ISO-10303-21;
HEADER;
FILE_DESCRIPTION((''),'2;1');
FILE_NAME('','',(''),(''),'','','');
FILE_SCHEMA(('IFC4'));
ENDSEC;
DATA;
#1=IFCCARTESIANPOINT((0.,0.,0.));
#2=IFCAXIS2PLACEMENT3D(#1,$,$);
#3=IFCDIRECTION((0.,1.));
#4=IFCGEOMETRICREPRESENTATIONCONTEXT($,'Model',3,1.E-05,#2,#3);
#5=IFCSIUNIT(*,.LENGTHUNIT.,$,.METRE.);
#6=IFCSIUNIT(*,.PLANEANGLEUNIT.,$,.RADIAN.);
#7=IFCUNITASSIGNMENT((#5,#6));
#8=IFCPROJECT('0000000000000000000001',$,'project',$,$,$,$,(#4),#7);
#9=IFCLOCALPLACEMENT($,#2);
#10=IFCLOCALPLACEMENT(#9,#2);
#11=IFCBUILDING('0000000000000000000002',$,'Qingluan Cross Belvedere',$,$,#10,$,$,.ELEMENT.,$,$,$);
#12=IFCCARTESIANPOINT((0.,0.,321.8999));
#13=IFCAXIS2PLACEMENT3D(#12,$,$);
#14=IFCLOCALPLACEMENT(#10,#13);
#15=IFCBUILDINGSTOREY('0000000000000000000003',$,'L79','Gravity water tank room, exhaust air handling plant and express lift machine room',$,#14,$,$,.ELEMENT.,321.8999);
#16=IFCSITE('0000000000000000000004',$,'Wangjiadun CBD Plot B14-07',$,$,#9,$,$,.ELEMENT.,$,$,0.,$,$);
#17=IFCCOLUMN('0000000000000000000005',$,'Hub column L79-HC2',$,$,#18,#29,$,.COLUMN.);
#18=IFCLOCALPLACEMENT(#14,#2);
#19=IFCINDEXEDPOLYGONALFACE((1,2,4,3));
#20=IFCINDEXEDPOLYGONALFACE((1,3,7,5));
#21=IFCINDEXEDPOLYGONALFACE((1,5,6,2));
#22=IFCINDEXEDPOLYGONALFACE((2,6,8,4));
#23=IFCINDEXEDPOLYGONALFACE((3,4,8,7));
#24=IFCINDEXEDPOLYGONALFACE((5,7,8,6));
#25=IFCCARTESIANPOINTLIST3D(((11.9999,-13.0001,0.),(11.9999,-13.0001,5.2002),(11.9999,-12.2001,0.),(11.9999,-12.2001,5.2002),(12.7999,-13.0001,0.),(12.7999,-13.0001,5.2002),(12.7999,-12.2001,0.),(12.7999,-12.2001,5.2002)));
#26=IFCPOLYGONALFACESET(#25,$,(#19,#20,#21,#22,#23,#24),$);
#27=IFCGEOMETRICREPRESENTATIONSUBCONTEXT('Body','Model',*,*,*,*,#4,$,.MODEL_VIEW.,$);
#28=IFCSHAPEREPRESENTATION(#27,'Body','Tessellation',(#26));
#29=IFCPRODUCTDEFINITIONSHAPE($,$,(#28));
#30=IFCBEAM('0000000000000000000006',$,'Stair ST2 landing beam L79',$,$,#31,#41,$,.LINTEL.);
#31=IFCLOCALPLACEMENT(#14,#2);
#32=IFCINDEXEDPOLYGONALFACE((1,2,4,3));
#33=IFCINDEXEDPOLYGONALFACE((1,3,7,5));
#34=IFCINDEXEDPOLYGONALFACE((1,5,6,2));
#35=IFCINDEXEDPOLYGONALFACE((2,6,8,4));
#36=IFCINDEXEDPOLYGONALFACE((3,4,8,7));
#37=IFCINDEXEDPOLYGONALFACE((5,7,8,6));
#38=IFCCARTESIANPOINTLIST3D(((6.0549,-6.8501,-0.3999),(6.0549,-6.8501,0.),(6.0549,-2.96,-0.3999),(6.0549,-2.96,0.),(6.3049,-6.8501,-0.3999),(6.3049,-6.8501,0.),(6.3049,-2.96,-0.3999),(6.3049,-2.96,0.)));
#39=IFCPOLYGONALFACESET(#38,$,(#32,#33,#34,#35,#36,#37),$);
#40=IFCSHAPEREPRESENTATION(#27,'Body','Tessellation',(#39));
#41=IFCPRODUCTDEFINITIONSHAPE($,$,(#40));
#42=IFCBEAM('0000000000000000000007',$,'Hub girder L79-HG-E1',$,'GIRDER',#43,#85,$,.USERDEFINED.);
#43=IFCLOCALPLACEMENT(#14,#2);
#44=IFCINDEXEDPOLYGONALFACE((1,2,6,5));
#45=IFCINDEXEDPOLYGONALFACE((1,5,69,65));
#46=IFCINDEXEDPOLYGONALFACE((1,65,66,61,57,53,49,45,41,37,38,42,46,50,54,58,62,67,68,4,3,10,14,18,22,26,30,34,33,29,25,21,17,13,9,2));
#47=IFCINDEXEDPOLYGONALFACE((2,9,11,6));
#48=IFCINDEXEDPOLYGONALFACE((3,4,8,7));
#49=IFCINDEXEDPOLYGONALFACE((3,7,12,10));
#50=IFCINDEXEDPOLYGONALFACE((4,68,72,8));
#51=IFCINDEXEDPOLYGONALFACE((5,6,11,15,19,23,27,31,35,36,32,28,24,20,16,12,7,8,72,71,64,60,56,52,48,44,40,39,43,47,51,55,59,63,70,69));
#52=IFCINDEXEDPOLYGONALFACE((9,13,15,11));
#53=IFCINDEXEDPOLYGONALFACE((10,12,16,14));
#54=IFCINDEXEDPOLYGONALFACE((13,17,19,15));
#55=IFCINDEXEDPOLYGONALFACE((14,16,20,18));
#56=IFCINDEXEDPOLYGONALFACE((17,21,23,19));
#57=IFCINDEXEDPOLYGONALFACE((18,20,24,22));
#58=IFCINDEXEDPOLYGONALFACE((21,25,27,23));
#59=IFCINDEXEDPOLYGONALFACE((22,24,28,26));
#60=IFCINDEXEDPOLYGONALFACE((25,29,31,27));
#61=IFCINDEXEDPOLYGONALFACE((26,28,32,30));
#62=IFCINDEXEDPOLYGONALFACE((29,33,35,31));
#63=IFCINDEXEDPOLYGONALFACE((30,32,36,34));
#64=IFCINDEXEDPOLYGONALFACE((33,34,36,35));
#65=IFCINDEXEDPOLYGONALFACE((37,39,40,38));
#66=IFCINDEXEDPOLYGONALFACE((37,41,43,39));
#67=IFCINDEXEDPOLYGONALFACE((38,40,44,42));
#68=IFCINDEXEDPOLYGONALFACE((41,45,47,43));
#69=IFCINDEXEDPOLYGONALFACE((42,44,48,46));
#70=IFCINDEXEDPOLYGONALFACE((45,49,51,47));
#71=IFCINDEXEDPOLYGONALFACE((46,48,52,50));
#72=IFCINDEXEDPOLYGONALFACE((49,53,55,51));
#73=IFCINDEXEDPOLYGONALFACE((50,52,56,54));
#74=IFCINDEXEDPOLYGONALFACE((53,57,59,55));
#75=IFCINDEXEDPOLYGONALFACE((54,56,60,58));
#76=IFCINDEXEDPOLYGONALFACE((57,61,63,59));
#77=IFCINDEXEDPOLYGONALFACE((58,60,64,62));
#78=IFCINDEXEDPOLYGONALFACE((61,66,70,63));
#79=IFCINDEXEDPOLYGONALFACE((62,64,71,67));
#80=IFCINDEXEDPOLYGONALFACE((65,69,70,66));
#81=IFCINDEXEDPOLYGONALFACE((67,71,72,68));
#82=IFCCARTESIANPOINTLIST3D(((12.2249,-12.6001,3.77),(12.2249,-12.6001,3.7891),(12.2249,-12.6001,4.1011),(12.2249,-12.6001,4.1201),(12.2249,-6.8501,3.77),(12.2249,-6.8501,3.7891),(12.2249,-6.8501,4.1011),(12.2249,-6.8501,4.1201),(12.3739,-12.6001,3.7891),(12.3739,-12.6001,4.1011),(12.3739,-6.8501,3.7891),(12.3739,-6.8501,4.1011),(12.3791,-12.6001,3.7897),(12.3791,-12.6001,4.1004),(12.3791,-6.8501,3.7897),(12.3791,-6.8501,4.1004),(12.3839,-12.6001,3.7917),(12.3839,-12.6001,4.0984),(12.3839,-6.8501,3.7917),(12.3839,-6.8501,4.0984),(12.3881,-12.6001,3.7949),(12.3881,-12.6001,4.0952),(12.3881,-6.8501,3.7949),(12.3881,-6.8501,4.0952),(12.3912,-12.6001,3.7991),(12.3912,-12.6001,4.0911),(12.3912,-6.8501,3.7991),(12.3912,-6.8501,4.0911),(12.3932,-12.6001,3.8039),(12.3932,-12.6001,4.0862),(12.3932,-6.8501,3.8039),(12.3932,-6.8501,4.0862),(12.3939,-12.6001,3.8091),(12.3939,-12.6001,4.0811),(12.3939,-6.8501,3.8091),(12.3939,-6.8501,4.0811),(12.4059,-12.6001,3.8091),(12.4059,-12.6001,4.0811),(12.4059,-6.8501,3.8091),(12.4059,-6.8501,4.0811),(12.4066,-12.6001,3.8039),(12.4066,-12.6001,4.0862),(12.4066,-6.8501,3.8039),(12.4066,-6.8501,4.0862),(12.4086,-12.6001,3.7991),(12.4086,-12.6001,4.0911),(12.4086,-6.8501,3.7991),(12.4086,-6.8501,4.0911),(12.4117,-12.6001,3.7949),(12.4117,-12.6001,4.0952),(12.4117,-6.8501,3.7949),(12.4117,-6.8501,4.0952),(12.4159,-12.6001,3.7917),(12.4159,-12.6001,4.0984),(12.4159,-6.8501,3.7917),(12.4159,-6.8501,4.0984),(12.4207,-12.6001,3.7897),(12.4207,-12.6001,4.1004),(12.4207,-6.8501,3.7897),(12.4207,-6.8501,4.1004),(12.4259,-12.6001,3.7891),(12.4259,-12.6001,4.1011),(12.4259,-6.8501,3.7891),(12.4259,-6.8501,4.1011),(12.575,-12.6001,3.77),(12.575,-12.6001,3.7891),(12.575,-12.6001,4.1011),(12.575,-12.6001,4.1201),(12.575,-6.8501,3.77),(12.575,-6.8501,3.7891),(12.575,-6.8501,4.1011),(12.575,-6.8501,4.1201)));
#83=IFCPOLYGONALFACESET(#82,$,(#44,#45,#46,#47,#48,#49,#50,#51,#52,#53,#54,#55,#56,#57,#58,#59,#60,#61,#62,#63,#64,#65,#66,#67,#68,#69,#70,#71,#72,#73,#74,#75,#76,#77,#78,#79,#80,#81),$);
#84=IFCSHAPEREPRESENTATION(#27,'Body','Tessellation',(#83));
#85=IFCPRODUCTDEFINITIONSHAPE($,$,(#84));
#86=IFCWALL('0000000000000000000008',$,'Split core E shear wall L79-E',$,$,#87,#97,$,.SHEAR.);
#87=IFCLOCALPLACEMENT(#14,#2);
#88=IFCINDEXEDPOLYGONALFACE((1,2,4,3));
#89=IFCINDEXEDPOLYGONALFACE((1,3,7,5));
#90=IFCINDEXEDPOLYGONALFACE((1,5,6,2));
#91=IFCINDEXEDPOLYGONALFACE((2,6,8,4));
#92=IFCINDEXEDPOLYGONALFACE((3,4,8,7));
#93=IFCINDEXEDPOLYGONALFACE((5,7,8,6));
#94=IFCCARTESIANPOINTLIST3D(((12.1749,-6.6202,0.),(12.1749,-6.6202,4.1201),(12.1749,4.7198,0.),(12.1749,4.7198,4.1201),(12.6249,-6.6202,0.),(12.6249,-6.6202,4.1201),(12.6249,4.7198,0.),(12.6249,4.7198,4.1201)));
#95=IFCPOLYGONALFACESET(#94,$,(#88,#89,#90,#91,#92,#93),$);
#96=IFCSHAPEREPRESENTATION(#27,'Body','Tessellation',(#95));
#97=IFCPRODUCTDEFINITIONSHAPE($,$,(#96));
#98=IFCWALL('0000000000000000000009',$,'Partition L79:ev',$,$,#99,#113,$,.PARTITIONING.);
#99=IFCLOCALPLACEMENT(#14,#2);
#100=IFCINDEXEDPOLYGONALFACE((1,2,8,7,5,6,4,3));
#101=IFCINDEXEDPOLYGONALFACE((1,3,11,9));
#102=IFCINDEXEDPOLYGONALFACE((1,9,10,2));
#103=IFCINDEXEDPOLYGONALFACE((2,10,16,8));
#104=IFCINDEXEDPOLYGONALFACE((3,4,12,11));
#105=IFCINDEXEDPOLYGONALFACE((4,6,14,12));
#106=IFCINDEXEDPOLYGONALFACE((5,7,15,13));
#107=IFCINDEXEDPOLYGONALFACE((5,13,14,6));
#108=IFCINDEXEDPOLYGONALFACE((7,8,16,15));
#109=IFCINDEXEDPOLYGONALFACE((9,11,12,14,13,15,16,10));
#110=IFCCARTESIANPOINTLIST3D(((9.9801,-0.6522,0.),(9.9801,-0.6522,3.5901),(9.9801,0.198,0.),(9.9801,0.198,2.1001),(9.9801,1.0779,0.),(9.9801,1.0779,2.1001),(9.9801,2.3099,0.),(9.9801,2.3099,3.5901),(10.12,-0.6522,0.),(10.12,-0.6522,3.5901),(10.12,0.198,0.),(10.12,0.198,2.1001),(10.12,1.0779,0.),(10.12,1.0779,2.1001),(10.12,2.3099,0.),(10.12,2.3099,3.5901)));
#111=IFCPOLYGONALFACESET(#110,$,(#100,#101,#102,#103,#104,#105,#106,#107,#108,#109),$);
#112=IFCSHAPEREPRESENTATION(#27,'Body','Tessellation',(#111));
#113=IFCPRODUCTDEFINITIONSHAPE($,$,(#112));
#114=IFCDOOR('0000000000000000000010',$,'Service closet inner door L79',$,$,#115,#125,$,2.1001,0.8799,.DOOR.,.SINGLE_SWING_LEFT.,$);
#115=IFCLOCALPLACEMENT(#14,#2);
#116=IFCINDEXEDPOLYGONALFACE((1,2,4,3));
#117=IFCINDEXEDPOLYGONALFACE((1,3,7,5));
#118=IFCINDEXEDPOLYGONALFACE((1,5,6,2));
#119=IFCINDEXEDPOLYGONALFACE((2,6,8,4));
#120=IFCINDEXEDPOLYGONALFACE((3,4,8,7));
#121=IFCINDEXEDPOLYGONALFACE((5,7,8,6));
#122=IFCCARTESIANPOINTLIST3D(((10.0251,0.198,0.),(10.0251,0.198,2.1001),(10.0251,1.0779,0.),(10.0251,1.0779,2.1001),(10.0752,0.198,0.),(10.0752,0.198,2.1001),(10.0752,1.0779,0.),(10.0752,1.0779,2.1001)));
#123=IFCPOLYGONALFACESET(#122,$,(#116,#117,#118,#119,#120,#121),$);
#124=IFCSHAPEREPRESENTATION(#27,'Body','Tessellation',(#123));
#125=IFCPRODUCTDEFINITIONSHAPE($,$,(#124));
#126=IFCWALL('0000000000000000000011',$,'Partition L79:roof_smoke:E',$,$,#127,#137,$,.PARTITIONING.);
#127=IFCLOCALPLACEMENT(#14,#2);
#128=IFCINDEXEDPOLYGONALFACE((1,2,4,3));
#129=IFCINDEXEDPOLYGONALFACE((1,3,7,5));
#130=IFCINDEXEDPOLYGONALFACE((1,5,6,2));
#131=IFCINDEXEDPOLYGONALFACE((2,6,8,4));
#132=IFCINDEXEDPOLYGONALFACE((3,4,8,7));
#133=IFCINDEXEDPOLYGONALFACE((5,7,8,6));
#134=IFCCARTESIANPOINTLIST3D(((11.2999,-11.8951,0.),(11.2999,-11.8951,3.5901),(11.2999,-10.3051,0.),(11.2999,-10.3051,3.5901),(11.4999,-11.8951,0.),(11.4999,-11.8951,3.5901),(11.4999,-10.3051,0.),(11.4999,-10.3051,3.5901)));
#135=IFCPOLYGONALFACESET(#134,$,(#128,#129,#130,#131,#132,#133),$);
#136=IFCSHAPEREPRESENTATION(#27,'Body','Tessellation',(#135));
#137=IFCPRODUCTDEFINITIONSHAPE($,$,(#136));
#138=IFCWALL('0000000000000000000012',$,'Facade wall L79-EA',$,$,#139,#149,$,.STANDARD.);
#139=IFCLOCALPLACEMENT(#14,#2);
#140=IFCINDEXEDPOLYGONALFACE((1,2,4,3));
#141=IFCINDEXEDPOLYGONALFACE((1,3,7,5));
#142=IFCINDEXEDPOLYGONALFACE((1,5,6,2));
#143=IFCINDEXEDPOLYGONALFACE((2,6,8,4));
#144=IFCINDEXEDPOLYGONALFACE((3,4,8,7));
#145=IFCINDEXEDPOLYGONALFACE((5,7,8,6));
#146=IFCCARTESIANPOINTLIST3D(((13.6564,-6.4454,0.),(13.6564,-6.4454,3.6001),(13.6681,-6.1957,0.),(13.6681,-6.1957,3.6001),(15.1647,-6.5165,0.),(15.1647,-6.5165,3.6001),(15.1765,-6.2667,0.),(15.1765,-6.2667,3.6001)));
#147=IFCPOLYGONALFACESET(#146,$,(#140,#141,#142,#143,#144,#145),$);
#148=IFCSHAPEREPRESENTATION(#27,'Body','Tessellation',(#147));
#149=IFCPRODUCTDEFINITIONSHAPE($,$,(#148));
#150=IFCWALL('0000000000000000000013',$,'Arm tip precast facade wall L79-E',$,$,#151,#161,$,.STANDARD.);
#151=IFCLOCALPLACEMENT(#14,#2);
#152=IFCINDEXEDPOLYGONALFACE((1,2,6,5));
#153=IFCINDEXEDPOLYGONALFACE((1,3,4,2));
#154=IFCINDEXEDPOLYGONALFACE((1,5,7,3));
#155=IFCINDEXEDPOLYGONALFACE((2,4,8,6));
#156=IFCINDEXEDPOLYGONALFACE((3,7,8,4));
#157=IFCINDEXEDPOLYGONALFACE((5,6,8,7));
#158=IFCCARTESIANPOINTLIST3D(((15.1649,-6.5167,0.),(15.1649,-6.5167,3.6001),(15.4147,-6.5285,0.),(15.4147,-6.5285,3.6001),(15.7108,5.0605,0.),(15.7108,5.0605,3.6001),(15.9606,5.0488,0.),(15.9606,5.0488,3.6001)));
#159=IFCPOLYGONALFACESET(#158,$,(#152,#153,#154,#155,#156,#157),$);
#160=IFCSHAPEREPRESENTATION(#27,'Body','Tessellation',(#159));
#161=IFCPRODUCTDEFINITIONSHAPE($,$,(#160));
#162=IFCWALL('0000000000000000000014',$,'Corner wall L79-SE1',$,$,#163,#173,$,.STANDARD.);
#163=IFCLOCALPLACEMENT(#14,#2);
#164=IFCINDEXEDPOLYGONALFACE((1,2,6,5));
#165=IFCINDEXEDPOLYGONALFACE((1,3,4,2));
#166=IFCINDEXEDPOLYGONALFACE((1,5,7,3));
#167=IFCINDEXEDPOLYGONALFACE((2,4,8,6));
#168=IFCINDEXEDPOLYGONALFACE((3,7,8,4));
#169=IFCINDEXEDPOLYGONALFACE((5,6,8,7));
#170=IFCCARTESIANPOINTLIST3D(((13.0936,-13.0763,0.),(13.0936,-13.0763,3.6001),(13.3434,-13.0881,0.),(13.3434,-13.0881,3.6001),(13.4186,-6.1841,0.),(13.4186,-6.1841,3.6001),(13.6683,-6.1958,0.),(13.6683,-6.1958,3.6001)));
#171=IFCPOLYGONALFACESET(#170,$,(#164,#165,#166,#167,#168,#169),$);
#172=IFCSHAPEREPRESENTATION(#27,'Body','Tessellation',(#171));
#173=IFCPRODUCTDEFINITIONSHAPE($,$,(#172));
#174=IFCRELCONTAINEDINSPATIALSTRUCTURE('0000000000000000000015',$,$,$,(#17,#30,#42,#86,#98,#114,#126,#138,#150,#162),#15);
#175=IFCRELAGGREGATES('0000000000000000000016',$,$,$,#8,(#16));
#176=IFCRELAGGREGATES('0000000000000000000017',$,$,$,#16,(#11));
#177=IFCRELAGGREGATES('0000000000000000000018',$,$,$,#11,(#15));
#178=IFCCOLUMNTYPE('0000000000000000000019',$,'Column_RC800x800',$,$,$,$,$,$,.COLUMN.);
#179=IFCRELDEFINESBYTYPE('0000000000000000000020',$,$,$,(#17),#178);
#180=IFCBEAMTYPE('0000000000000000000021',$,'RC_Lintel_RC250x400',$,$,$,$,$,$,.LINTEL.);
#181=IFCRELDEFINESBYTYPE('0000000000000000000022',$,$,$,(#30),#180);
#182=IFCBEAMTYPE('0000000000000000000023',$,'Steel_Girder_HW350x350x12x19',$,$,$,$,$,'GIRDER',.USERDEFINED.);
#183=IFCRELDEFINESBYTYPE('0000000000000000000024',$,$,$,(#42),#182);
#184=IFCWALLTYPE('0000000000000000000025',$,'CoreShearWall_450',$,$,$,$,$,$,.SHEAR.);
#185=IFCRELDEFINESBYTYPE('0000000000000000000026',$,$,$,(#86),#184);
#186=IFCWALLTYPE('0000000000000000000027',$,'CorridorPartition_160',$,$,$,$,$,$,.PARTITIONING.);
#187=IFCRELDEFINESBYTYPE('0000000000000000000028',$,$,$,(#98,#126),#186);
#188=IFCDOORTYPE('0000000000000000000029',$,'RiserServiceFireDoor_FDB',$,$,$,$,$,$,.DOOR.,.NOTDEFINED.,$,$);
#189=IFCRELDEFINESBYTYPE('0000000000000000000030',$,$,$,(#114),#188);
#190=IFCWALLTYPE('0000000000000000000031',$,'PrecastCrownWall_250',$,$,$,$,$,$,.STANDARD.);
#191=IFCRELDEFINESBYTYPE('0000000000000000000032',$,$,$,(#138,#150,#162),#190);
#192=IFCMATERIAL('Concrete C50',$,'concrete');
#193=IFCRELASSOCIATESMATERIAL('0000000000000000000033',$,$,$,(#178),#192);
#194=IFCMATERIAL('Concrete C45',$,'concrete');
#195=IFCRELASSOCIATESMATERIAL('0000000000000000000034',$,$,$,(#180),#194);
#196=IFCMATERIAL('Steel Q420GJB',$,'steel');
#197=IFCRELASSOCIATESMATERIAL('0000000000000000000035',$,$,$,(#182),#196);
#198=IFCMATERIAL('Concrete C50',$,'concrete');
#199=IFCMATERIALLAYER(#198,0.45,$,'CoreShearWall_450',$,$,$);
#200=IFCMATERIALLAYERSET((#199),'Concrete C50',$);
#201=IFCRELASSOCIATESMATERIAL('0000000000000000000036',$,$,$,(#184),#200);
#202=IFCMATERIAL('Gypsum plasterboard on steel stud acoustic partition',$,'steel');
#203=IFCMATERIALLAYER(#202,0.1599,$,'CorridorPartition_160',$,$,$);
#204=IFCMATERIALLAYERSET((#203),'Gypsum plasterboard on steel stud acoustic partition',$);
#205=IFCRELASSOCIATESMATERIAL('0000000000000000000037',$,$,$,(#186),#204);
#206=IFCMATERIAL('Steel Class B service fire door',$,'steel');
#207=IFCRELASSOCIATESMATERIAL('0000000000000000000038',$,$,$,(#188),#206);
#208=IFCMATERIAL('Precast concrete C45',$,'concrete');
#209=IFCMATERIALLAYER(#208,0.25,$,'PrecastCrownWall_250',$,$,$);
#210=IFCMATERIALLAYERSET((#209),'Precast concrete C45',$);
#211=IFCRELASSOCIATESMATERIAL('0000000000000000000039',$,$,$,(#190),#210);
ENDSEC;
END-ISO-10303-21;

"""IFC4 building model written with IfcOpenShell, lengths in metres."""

from ifc_helpers import new_model, si_unit, direction, frame, frame_2d, origin, origin_2d, place, context, subcontext, project, spatial, rectangle, i_section, extrude, material, layer, layer_set, material_profile, profile_set, type_object, element, fill, save


model = new_model("IFC4")

# Units and contexts
model_context = context("Model", 3, precision=1e-05, world=origin(), true_north=direction((0.0, 1.0)))
body_context = subcontext(model_context, "Body", "Model", "MODEL_VIEW")
ifc_project = project(units=[si_unit("LENGTHUNIT", "METRE"), si_unit("PLANEANGLEUNIT", "RADIAN")], contexts=[model_context])

# Site, building, storey
site_placement = place(None, origin())
site = spatial("IfcSite", under=ifc_project, at=site_placement, Name="Wangjiadun CBD Plot B14-07", CompositionType="ELEMENT", RefElevation=0.0)
building_placement = place(site_placement, origin())
building = spatial("IfcBuilding", under=site, at=building_placement, Name="Qingluan Cross Belvedere", CompositionType="ELEMENT")
storey_placement = place(building_placement, frame((0.0, 0.0, 321.8999)))
storey = spatial("IfcBuildingStorey", under=building, at=storey_placement, Name="L79", Description="Gravity water tank room, exhaust air handling plant and express lift machine room", CompositionType="ELEMENT", Elevation=321.8999)

# Column
ifc_material_1 = material(Name="Concrete C50", Category="concrete")
ifc_material_profile_1 = material_profile(ifc_material_1, rectangle(XDim=0.8, YDim=0.8, at=origin_2d()), Name="RC800x800")
ifc_profile_set_1 = profile_set([ifc_material_profile_1], Name="Concrete C50")
column_type = type_object("IfcColumnType", Name="Column_RC800x800", PredefinedType="COLUMN", material=ifc_profile_set_1)
column_placement = place(storey_placement, frame((12.3999, -12.6001, 0.0), z_axis=(0.0, 0.0, 1.0), x_axis=(1.0, 0.0, 0.0)))
element("IfcColumn", 1, at=column_placement, inside=storey, type_object=column_type, Name="Hub column L79-HC2", PredefinedType="COLUMN", context=body_context, shape_type="SweptSolid", body=[
    extrude(rectangle(XDim=0.8, YDim=0.8, at=origin_2d()), origin(), (0.0, 0.0, 1.0), 5.2002),
])

# Beams
ifc_material_2 = material(Name="Concrete C45", Category="concrete")
ifc_material_profile_2 = material_profile(ifc_material_2, rectangle(XDim=0.25, YDim=0.3999, at=origin_2d()), Name="RC250x400")
ifc_profile_set_2 = profile_set([ifc_material_profile_2], Name="Concrete C45")
beam_type_1 = type_object("IfcBeamType", Name="RC_Lintel_RC250x400", PredefinedType="LINTEL", material=ifc_profile_set_2)
beam_1_placement = place(storey_placement, frame((6.1799, -6.8501, -0.2), z_axis=(0.0, 1.0, 0.0), x_axis=(-1.0, 0.0, 0.0)))
element("IfcBeam", 2, at=beam_1_placement, inside=storey, type_object=beam_type_1, Name="Stair ST2 landing beam L79", PredefinedType="LINTEL", context=body_context, shape_type="SweptSolid", body=[
    extrude(rectangle(XDim=0.25, YDim=0.3999, at=origin_2d()), origin(), (0.0, 0.0, 1.0), 3.8901),
])
ifc_material_3 = material(Name="Steel Q420GJB", Category="steel")
ifc_material_profile_3 = material_profile(ifc_material_3, i_section(OverallWidth=0.3501, OverallDepth=0.3501, WebThickness=0.012, FlangeThickness=0.019, FilletRadius=0.02, at=origin_2d()), Name="HW350x350x12x19")
ifc_profile_set_3 = profile_set([ifc_material_profile_3], Name="Steel Q420GJB")
beam_type_2 = type_object("IfcBeamType", Name="Steel_Girder_HW350x350x12x19", ElementType="GIRDER", PredefinedType="USERDEFINED", material=ifc_profile_set_3)
beam_2_placement = place(storey_placement, frame((12.3999, -12.6001, 3.9451), z_axis=(0.0, 1.0, 0.0), x_axis=(-1.0, 0.0, 0.0)))
element("IfcBeam", 3, at=beam_2_placement, inside=storey, type_object=beam_type_2, Name="Hub girder L79-HG-E1", ObjectType="GIRDER", PredefinedType="USERDEFINED", context=body_context, shape_type="SweptSolid", body=[
    extrude(i_section(OverallWidth=0.3501, OverallDepth=0.3501, WebThickness=0.012, FlangeThickness=0.019, FilletRadius=0.02, at=origin_2d()), origin(), (0.0, 0.0, 1.0), 5.75),
])

# Wall
ifc_material_4 = material(Name="Concrete C50", Category="concrete")
ifc_layer_1 = layer(ifc_material_4, 0.45, Name="CoreShearWall_450")
ifc_layer_set_1 = layer_set([ifc_layer_1], Name="Concrete C50")
wall_type_1 = type_object("IfcWallType", Name="CoreShearWall_450", PredefinedType="SHEAR", material=ifc_layer_set_1)
wall_1_placement = place(storey_placement, frame((12.3999, -6.6201, 0.0), z_axis=(0.0, 0.0, 1.0), x_axis=(0.0, 1.0, 0.0)))
element("IfcWall", 4, at=wall_1_placement, inside=storey, type_object=wall_type_1, Name="Split core E shear wall L79-E", PredefinedType="SHEAR", context=body_context, shape_type="SweptSolid", body=[
    extrude(rectangle(XDim=11.3401, YDim=0.45, at=frame_2d((5.6699, 0.0))), origin(), (0.0, 0.0, 1.0), 4.1201),
])

# Wall, opening, door
ifc_material_5 = material(Name="Gypsum plasterboard on steel stud acoustic partition", Category="steel")
ifc_layer_2 = layer(ifc_material_5, 0.1599, Name="CorridorPartition_160")
ifc_layer_set_2 = layer_set([ifc_layer_2], Name="Gypsum plasterboard on steel stud acoustic partition")
wall_type_2 = type_object("IfcWallType", Name="CorridorPartition_160", PredefinedType="PARTITIONING", material=ifc_layer_set_2)
wall_2_placement = place(storey_placement, frame((10.05, -0.6521, 0.0), z_axis=(0.0, 0.0, 1.0), x_axis=(0.0, 1.0, 0.0)))
wall_2 = element("IfcWall", 5, at=wall_2_placement, inside=storey, type_object=wall_type_2, Name="Partition L79:ev", PredefinedType="PARTITIONING", context=body_context, shape_type="SweptSolid", body=[
    extrude(rectangle(XDim=2.9622, YDim=0.1399, at=frame_2d((1.481, 0.0))), origin(), (0.0, 0.0, 1.0), 3.5901),
])
opening_placement = place(wall_2_placement, frame((0.8501, 0.0, 0.0)))
opening = element("IfcOpeningElement", 6, at=opening_placement, cuts=wall_2, PredefinedType="OPENING", context=body_context, shape_type="SweptSolid", body=[
    extrude(rectangle(XDim=0.8799, YDim=2.1001, at=frame_2d((0.4399, 1.05))), frame((0.0, 0.0798, 0.0), z_axis=(0.0, -1.0, 0.0), x_axis=(1.0, 0.0, 0.0)), (0.0, 0.0, 1.0), 0.1599),
])
ifc_material_6 = material(Name="Steel Class B service fire door", Category="steel")
door_type = type_object("IfcDoorType", Name="RiserServiceFireDoor_FDB", OperationType="NOTDEFINED", PredefinedType="DOOR", material=ifc_material_6)
door_placement = place(opening_placement, origin())
door = element("IfcDoor", 7, at=door_placement, inside=storey, type_object=door_type, Name="Service closet inner door L79", OperationType="SINGLE_SWING_LEFT", OverallHeight=2.1001, OverallWidth=0.8799, PredefinedType="DOOR", context=body_context, shape_type="SweptSolid", body=[
    extrude(rectangle(XDim=0.8799, YDim=2.1001, at=frame_2d((0.4399, 1.05))), frame((0.0, 0.0249, 0.0), z_axis=(0.0, -1.0, 0.0), x_axis=(1.0, 0.0, 0.0)), (0.0, 0.0, 1.0), 0.05),
])
fill(opening, door)

# Walls
wall_3_placement = place(storey_placement, frame((11.3999, -11.895, 0.0), z_axis=(0.0, 0.0, 1.0), x_axis=(0.0, 1.0, 0.0)))
element("IfcWall", 8, at=wall_3_placement, inside=storey, type_object=wall_type_2, Name="Partition L79:roof_smoke:E", PredefinedType="PARTITIONING", context=body_context, shape_type="SweptSolid", body=[
    extrude(rectangle(XDim=1.5901, YDim=0.2, at=frame_2d((0.7949, 0.0))), origin(), (0.0, 0.0, 1.0), 3.5901),
])
ifc_material_7 = material(Name="Precast concrete C45", Category="concrete")
ifc_layer_3 = layer(ifc_material_7, 0.25, Name="PrecastCrownWall_250")
ifc_layer_set_3 = layer_set([ifc_layer_3], Name="Precast concrete C45")
wall_type_3 = type_object("IfcWallType", Name="PrecastCrownWall_250", PredefinedType="STANDARD", material=ifc_layer_set_3)
wall_4_placement = place(storey_placement, frame((13.6624, -6.3206, 0.0), z_axis=(0.0, 0.0, 1.0), x_axis=(0.998893, -0.04705, 0.0)))
element("IfcWall", 9, at=wall_4_placement, inside=storey, type_object=wall_type_3, Name="Facade wall L79-EA", PredefinedType="STANDARD", context=body_context, shape_type="SweptSolid", body=[
    extrude(rectangle(XDim=1.51, YDim=0.25, at=frame_2d((0.7549, 0.0))), origin(), (0.0, 0.0, 1.0), 3.6001),
])
wall_5_placement = place(storey_placement, frame((15.2898, -6.5225, 0.0), z_axis=(0.0, 0.0, 1.0), x_axis=(0.047101, 0.99889, 0.0)))
element("IfcWall", 10, at=wall_5_placement, inside=storey, type_object=wall_type_3, Name="Arm tip precast facade wall L79-E", PredefinedType="STANDARD", context=body_context, shape_type="SweptSolid", body=[
    extrude(rectangle(XDim=11.5901, YDim=0.25, at=frame_2d((5.7949, 0.0))), origin(), (0.0, 0.0, 1.0), 3.6001),
])
wall_6_placement = place(storey_placement, frame((13.5435, -6.1899, 0.0), z_axis=(0.0, 0.0, 1.0), x_axis=(-0.047094, -0.99889, 0.0)))
element("IfcWall", 11, at=wall_6_placement, inside=storey, type_object=wall_type_3, Name="Corner wall L79-SE1", PredefinedType="STANDARD", context=body_context, shape_type="SweptSolid", body=[
    extrude(rectangle(XDim=6.8999, YDim=0.25, at=frame_2d((3.45, 0.0))), origin(), (0.0, 0.0, 1.0), 3.6001),
])

save(model, "model.ifc")
